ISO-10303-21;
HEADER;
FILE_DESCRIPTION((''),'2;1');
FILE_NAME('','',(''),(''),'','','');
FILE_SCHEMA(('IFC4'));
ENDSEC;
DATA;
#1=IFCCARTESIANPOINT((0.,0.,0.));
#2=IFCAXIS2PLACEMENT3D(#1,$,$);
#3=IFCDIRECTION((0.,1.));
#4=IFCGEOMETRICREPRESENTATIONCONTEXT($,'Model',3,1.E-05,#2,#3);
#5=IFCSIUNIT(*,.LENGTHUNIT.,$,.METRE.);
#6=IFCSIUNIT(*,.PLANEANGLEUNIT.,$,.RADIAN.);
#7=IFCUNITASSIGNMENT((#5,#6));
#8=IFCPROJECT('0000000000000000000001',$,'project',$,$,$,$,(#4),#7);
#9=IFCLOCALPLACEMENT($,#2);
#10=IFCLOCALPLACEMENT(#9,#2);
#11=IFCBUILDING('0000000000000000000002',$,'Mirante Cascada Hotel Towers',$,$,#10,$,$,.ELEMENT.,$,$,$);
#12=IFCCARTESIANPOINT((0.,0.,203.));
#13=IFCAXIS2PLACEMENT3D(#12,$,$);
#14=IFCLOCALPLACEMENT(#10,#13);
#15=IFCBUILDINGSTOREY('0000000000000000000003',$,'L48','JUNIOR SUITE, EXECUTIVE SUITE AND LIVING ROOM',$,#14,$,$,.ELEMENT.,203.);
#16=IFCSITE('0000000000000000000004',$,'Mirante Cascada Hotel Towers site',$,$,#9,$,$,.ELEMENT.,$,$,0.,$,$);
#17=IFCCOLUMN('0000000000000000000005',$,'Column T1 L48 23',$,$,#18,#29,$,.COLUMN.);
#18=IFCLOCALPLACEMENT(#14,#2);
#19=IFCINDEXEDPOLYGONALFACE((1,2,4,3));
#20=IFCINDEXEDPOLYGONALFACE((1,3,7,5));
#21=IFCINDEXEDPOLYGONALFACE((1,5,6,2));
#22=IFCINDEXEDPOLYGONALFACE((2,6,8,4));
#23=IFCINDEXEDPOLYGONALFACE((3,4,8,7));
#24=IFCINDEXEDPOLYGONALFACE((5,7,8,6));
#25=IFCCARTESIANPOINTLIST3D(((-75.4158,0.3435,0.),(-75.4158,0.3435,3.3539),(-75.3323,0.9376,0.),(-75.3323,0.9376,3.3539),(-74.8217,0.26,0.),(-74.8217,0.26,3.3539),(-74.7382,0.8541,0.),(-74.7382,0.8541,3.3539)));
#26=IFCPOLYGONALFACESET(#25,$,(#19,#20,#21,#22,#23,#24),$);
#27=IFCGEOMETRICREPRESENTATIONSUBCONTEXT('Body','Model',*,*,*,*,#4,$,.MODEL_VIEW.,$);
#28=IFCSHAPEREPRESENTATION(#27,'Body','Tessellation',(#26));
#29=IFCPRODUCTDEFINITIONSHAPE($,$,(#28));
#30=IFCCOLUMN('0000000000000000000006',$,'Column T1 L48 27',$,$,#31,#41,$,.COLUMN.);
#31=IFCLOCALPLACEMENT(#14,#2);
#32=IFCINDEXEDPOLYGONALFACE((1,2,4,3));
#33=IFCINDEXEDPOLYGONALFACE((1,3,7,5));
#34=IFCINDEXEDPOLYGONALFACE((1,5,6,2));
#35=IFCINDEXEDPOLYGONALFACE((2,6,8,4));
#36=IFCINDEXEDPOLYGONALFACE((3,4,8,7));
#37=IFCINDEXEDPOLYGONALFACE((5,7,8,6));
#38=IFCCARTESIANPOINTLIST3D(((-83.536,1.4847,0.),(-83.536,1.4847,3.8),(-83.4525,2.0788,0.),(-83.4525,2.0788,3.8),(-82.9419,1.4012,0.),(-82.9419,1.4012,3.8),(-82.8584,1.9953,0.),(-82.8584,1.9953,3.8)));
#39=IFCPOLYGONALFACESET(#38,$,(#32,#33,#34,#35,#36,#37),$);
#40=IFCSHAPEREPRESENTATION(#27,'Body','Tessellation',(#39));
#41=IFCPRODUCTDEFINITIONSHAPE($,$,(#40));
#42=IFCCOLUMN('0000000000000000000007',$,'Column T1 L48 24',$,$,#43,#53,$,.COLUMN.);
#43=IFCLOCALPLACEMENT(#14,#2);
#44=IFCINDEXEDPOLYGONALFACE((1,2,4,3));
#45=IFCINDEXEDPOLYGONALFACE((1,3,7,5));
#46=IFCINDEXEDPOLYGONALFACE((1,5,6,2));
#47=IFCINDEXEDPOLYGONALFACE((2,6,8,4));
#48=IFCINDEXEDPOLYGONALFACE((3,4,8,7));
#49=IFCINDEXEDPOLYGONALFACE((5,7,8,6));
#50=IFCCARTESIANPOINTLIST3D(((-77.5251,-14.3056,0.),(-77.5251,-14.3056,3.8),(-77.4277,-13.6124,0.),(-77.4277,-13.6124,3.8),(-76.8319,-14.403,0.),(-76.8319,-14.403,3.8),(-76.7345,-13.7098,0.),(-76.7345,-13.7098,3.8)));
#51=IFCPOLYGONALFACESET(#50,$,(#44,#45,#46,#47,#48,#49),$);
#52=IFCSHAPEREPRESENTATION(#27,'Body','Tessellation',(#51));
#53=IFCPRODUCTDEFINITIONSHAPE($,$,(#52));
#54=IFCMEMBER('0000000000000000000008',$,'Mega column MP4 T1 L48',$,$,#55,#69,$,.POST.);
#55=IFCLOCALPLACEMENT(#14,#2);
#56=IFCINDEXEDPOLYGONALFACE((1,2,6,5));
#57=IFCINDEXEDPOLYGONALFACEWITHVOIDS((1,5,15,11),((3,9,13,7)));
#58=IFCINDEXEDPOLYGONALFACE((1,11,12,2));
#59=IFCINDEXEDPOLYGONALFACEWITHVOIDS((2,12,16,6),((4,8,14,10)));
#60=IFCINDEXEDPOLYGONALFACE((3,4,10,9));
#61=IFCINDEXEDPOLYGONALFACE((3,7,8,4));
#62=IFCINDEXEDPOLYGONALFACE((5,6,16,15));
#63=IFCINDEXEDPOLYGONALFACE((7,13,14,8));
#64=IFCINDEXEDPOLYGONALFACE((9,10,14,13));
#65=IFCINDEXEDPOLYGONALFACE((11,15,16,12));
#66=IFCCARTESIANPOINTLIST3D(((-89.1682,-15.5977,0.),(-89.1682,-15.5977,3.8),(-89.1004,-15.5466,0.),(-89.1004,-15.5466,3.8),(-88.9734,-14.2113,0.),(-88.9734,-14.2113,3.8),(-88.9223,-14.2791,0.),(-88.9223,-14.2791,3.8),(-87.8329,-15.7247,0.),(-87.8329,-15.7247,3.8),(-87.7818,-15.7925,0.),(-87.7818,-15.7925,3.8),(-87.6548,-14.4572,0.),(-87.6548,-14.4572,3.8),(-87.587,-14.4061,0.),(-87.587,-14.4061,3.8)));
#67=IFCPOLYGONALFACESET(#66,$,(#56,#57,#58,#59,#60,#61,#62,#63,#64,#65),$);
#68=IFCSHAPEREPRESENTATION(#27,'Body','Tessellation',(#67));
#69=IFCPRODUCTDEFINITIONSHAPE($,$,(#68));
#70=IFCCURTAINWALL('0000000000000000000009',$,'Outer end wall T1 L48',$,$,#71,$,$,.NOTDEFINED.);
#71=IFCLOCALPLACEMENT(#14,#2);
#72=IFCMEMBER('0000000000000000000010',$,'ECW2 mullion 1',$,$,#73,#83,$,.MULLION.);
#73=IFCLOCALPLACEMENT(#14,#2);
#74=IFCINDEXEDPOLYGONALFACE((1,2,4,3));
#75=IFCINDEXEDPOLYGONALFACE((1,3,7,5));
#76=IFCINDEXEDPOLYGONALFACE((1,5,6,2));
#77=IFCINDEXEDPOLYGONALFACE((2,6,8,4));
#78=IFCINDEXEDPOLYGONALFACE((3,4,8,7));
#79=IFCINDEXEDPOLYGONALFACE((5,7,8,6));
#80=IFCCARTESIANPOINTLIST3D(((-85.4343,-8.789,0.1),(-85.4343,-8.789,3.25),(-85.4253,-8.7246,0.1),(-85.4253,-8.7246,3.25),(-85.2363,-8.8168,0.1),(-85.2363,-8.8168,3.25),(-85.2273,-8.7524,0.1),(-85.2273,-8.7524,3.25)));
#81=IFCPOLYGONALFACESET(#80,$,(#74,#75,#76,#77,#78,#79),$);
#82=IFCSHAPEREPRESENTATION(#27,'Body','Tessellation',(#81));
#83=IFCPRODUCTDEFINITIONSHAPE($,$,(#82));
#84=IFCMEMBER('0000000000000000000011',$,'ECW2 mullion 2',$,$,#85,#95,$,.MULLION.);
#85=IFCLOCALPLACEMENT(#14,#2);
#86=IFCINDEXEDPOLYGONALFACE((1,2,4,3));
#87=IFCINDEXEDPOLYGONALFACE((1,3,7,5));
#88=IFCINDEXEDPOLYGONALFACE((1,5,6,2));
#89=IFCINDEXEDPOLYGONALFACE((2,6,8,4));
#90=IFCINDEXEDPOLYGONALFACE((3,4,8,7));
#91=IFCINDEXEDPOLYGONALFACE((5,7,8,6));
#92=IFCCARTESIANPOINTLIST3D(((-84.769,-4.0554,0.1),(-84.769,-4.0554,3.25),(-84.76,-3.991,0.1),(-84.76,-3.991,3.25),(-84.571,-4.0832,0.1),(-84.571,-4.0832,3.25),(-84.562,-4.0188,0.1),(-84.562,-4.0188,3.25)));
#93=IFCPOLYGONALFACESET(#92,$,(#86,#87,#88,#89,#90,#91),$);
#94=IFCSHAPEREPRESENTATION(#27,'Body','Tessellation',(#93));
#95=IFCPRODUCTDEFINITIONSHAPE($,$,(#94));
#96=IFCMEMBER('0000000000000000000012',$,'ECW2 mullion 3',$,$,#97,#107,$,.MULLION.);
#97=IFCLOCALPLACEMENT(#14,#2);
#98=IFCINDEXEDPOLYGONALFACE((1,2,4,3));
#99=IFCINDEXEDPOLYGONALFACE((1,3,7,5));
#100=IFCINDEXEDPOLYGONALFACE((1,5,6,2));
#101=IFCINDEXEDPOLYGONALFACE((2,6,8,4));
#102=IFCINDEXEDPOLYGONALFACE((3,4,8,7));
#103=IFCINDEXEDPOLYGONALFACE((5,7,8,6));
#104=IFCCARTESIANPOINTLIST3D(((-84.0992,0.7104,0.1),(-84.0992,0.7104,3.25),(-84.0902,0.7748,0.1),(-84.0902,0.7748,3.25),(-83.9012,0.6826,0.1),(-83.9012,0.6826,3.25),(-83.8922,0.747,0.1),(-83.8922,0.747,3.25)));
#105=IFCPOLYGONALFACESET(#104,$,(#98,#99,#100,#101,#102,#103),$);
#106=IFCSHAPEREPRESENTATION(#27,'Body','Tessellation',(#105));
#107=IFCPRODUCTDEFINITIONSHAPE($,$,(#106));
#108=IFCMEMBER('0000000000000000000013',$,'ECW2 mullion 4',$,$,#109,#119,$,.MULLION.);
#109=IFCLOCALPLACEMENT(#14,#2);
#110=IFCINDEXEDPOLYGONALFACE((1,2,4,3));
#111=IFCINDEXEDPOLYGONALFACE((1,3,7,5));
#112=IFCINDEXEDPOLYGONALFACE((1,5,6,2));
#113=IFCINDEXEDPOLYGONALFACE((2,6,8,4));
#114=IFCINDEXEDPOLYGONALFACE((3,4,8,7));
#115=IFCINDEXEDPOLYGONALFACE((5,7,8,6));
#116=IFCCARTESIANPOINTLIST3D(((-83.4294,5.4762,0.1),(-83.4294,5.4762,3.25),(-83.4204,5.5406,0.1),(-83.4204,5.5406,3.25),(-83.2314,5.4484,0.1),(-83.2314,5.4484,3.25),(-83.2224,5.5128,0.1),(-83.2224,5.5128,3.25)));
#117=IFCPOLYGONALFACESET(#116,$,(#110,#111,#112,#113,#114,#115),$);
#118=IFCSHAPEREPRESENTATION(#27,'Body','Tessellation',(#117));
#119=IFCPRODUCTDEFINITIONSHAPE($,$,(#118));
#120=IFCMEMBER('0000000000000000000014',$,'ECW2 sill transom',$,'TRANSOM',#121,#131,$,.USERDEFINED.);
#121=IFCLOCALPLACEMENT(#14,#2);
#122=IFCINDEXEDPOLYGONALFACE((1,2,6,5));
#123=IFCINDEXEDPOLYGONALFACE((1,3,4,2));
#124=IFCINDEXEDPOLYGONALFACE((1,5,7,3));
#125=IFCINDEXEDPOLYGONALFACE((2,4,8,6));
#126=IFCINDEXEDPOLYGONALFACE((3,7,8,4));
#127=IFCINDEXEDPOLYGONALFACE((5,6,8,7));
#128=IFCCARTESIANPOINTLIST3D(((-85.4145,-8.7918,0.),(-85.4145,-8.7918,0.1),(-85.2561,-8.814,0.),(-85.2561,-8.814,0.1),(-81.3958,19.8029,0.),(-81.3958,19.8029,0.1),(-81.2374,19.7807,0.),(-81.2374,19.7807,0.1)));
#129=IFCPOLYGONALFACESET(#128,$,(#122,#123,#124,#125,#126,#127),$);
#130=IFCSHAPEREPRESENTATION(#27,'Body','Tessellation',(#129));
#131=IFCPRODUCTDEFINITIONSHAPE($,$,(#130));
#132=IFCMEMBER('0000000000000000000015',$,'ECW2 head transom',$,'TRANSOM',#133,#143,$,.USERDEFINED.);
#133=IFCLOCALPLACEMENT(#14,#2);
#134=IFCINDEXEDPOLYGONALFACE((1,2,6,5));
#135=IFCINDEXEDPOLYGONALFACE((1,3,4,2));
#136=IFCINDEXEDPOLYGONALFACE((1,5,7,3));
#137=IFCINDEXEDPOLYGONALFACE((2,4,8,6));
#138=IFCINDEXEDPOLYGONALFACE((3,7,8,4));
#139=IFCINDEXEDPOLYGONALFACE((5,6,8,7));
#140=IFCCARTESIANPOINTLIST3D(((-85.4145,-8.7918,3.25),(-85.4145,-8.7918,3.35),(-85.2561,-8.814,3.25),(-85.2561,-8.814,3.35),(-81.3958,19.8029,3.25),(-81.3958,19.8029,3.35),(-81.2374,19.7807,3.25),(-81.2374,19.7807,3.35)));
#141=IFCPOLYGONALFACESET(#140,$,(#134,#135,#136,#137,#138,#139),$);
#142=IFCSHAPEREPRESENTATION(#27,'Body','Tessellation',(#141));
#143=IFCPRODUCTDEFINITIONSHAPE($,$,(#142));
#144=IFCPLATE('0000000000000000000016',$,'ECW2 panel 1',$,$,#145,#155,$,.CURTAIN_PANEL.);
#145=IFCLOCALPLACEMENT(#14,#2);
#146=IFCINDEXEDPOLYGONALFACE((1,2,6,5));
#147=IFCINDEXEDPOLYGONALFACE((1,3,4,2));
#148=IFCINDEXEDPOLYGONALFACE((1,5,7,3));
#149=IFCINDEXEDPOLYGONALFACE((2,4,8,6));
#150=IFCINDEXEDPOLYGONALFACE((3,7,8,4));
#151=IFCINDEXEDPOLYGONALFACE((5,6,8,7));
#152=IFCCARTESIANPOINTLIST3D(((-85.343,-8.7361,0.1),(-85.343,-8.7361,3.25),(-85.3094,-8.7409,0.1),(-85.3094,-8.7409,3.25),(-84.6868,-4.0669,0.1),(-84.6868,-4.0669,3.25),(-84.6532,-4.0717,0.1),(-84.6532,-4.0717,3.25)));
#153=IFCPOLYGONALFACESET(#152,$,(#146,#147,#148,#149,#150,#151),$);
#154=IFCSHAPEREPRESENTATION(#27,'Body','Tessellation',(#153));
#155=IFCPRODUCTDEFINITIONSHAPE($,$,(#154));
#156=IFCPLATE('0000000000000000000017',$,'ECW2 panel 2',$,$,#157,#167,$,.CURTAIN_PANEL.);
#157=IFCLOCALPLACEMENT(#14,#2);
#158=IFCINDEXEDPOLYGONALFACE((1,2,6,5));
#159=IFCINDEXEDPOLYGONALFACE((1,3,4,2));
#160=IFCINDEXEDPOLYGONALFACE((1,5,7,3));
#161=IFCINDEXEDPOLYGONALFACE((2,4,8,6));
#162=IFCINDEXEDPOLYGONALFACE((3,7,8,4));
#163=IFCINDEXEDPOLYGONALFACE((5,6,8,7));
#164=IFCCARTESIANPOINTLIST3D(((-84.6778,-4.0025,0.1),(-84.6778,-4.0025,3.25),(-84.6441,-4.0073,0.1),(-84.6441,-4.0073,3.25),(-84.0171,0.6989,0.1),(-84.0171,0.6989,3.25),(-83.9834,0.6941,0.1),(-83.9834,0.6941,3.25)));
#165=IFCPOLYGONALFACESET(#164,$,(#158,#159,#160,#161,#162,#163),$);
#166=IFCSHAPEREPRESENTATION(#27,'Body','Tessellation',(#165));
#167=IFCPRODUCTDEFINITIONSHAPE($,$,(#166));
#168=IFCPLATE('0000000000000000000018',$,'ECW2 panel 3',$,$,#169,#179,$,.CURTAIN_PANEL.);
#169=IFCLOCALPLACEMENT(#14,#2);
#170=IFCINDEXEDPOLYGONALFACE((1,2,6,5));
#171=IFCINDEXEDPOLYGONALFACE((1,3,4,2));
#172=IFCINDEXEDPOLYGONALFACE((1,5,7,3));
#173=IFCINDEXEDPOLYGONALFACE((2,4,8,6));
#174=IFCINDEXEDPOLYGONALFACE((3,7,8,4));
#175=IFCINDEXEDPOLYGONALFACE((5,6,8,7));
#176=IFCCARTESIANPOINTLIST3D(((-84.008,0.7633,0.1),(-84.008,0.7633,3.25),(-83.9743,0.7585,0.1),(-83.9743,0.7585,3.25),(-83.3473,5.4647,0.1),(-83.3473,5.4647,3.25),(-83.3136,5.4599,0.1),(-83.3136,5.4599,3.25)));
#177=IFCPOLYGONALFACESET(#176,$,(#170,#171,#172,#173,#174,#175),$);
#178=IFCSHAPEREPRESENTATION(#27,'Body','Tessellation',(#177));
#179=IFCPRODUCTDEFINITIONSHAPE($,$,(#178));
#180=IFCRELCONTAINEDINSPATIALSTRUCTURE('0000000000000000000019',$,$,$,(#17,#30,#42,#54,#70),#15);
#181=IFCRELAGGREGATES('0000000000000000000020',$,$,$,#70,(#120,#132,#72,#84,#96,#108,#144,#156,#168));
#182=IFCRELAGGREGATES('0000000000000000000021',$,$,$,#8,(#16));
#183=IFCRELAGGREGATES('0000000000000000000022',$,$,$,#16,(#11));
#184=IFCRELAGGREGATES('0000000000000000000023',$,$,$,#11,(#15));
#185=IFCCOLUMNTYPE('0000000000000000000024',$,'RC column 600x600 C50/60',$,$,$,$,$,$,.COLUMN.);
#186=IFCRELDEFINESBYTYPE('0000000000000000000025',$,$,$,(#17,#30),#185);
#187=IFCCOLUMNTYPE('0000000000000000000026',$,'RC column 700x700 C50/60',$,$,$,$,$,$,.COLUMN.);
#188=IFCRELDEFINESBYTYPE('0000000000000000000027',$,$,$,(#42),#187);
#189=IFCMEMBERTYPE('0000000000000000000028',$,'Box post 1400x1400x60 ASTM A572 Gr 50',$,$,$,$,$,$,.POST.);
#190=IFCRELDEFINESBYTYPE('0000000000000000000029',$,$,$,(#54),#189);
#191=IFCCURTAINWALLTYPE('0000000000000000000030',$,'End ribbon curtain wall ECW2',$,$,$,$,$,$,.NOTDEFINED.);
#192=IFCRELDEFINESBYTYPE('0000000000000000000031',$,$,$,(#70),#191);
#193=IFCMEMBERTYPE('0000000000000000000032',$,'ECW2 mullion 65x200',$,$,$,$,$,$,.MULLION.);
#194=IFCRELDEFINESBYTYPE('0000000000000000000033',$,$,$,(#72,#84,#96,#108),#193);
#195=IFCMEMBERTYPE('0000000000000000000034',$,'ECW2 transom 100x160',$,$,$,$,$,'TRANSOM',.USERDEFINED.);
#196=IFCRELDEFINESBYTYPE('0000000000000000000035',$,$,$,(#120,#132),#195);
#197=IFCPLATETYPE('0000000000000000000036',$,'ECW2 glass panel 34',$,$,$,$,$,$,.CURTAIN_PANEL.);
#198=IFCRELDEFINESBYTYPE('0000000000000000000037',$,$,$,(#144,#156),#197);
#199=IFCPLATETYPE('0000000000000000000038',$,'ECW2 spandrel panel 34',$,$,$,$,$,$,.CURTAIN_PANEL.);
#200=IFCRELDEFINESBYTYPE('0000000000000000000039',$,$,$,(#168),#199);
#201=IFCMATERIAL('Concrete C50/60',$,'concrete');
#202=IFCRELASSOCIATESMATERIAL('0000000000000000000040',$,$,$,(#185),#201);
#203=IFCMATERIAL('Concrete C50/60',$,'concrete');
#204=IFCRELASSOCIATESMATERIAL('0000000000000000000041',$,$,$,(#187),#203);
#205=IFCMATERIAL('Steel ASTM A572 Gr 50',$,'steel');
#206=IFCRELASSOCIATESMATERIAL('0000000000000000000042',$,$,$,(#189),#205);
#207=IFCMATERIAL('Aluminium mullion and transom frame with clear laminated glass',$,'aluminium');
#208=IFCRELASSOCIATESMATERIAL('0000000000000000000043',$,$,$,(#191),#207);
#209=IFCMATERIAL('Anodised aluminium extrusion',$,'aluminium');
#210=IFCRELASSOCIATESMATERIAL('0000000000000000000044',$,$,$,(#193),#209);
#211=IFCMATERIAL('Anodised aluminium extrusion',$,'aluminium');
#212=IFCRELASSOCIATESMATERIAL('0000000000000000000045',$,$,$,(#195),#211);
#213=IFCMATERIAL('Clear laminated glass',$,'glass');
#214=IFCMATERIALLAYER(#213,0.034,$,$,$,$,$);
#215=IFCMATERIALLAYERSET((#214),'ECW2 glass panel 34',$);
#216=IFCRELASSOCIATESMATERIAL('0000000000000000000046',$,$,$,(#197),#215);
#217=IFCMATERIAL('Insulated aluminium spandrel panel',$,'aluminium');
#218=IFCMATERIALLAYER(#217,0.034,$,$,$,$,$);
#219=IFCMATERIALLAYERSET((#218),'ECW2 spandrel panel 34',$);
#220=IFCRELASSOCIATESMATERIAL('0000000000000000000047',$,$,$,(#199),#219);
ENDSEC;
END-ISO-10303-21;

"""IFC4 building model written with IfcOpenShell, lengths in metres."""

from ifc_helpers import new_model, si_unit, direction, frame, origin, origin_2d, place, context, subcontext, project, spatial, rectangle, hollow_rectangle, extrude, material, layer, layer_set, material_profile, profile_set, type_object, element, aggregate, save


model = new_model("IFC4")

# Units and contexts
model_context = context("Model", 3, precision=1e-05, world=origin(), true_north=direction((0.0, 1.0)))
body_context = subcontext(model_context, "Body", "Model", "MODEL_VIEW")
ifc_project = project(units=[si_unit("LENGTHUNIT", "METRE"), si_unit("PLANEANGLEUNIT", "RADIAN")], contexts=[model_context])

# Site, building, storey
site_placement = place(None, origin())
site = spatial("IfcSite", under=ifc_project, at=site_placement, Name="Mirante Cascada Hotel Towers site", CompositionType="ELEMENT", RefElevation=0.0)
building_placement = place(site_placement, origin())
building = spatial("IfcBuilding", under=site, at=building_placement, Name="Mirante Cascada Hotel Towers", CompositionType="ELEMENT")
storey_placement = place(building_placement, frame((0.0, 0.0, 203.0)))
storey = spatial("IfcBuildingStorey", under=building, at=storey_placement, Name="L48", Description="JUNIOR SUITE, EXECUTIVE SUITE AND LIVING ROOM", CompositionType="ELEMENT", Elevation=203.0)

# Columns
ifc_material_1 = material(Name="Concrete C50/60", Category="concrete")
ifc_material_profile_1 = material_profile(ifc_material_1, rectangle(XDim=0.6, YDim=0.6, at=origin_2d()), Name="RC column 600x600 C50/60")
ifc_profile_set_1 = profile_set([ifc_material_profile_1], Name="Concrete C50/60")
column_type_1 = type_object("IfcColumnType", Name="RC column 600x600 C50/60", PredefinedType="COLUMN", material=ifc_profile_set_1)
column_1_placement = place(storey_placement, frame((-75.077, 0.5988, 0.0), z_axis=(0.0, 0.0, 1.0), x_axis=(-0.990268, 0.139173, 0.0)))
element("IfcColumn", 1, at=column_1_placement, inside=storey, type_object=column_type_1, Name="Column T1 L48 23", PredefinedType="COLUMN", context=body_context, shape_type="SweptSolid", body=[
    extrude(rectangle(XDim=0.6, YDim=0.6, at=origin_2d()), origin(), (0.0, 0.0, 1.0), 3.3539),
])
column_2_placement = place(storey_placement, frame((-83.1972, 1.74, 0.0), z_axis=(0.0, 0.0, 1.0), x_axis=(-0.990268, 0.139173, 0.0)))
element("IfcColumn", 2, at=column_2_placement, inside=storey, type_object=column_type_1, Name="Column T1 L48 27", PredefinedType="COLUMN", context=body_context, shape_type="SweptSolid", body=[
    extrude(rectangle(XDim=0.6, YDim=0.6, at=origin_2d()), origin(), (0.0, 0.0, 1.0), 3.8),
])
ifc_material_2 = material(Name="Concrete C50/60", Category="concrete")
ifc_material_profile_2 = material_profile(ifc_material_2, rectangle(XDim=0.7, YDim=0.7, at=origin_2d()), Name="RC column 700x700 C50/60")
ifc_profile_set_2 = profile_set([ifc_material_profile_2], Name="Concrete C50/60")
column_type_2 = type_object("IfcColumnType", Name="RC column 700x700 C50/60", PredefinedType="COLUMN", material=ifc_profile_set_2)
column_3_placement = place(storey_placement, frame((-77.1298, -14.0077, 0.0), z_axis=(0.0, 0.0, 1.0), x_axis=(-0.990268, 0.139173, 0.0)))
element("IfcColumn", 3, at=column_3_placement, inside=storey, type_object=column_type_2, Name="Column T1 L48 24", PredefinedType="COLUMN", context=body_context, shape_type="SweptSolid", body=[
    extrude(rectangle(XDim=0.7, YDim=0.7, at=origin_2d()), origin(), (0.0, 0.0, 1.0), 3.8),
])

# Member
ifc_material_3 = material(Name="Steel ASTM A572 Gr 50", Category="steel")
ifc_material_profile_3 = material_profile(ifc_material_3, hollow_rectangle(XDim=1.4, YDim=1.4, WallThickness=0.06, at=origin_2d()), Name="Box post 1400x1400x60 ASTM A572 Gr 50")
ifc_profile_set_3 = profile_set([ifc_material_profile_3], Name="Steel ASTM A572 Gr 50")
member_type_1 = type_object("IfcMemberType", Name="Box post 1400x1400x60 ASTM A572 Gr 50", PredefinedType="POST", material=ifc_profile_set_3)
member_1_placement = place(storey_placement, frame((-88.3776, -15.0019, 0.0), z_axis=(0.0, 0.0, 1.0), x_axis=(-0.990268, 0.139173, 0.0)))
element("IfcMember", 4, at=member_1_placement, inside=storey, type_object=member_type_1, Name="Mega column MP4 T1 L48", PredefinedType="POST", context=body_context, shape_type="SweptSolid", body=[
    extrude(hollow_rectangle(XDim=1.4, YDim=1.4, WallThickness=0.06, at=origin_2d()), origin(), (0.0, 0.0, 1.0), 3.8),
])

# Curtain wall, members, plates
ifc_material_4 = material(Name="Aluminium mullion and transom frame with clear laminated glass", Category="aluminium")
curtain_wall_type = type_object("IfcCurtainWallType", Name="End ribbon curtain wall ECW2", PredefinedType="NOTDEFINED", material=ifc_material_4)
curtain_wall_placement = place(storey_placement, origin())
curtain_wall = element("IfcCurtainWall", 5, at=curtain_wall_placement, inside=storey, type_object=curtain_wall_type, Name="Outer end wall T1 L48", PredefinedType="NOTDEFINED")
ifc_material_5 = material(Name="Anodised aluminium extrusion", Category="aluminium")
ifc_material_profile_4 = material_profile(ifc_material_5, rectangle(XDim=0.2, YDim=0.065, at=origin_2d()), Name="ECW2 MULLION 65x200")
ifc_profile_set_4 = profile_set([ifc_material_profile_4], Name="Anodised aluminium extrusion")
member_type_2 = type_object("IfcMemberType", Name="ECW2 mullion 65x200", PredefinedType="MULLION", material=ifc_profile_set_4)
member_2_placement = place(storey_placement, frame((-85.3308, -8.7707, 0.1), z_axis=(0.0, 0.0, 1.0), x_axis=(-0.990268, 0.139173, 0.0)))
member_2 = element("IfcMember", 6, at=member_2_placement, type_object=member_type_2, Name="ECW2 mullion 1", PredefinedType="MULLION", context=body_context, shape_type="SweptSolid", body=[
    extrude(rectangle(XDim=0.2, YDim=0.065, at=origin_2d()), origin(), (0.0, 0.0, 1.0), 3.15),
])
member_3_placement = place(storey_placement, frame((-84.6655, -4.0371, 0.1), z_axis=(0.0, 0.0, 1.0), x_axis=(-0.990268, 0.139173, 0.0)))
member_3 = element("IfcMember", 7, at=member_3_placement, type_object=member_type_2, Name="ECW2 mullion 2", PredefinedType="MULLION", context=body_context, shape_type="SweptSolid", body=[
    extrude(rectangle(XDim=0.2, YDim=0.065, at=origin_2d()), origin(), (0.0, 0.0, 1.0), 3.15),
])
member_4_placement = place(storey_placement, frame((-83.9957, 0.7287, 0.1), z_axis=(0.0, 0.0, 1.0), x_axis=(-0.990268, 0.139173, 0.0)))
member_4 = element("IfcMember", 8, at=member_4_placement, type_object=member_type_2, Name="ECW2 mullion 3", PredefinedType="MULLION", context=body_context, shape_type="SweptSolid", body=[
    extrude(rectangle(XDim=0.2, YDim=0.065, at=origin_2d()), origin(), (0.0, 0.0, 1.0), 3.15),
])
member_5_placement = place(storey_placement, frame((-83.3259, 5.4945, 0.1), z_axis=(0.0, 0.0, 1.0), x_axis=(-0.990268, 0.139173, 0.0)))
member_5 = element("IfcMember", 9, at=member_5_placement, type_object=member_type_2, Name="ECW2 mullion 4", PredefinedType="MULLION", context=body_context, shape_type="SweptSolid", body=[
    extrude(rectangle(XDim=0.2, YDim=0.065, at=origin_2d()), origin(), (0.0, 0.0, 1.0), 3.15),
])
ifc_material_6 = material(Name="Anodised aluminium extrusion", Category="aluminium")
ifc_material_profile_5 = material_profile(ifc_material_6, rectangle(XDim=0.16, YDim=0.1, at=origin_2d()), Name="ECW2 TRANSOM 100x160")
ifc_profile_set_5 = profile_set([ifc_material_profile_5], Name="Anodised aluminium extrusion")
member_type_3 = type_object("IfcMemberType", Name="ECW2 transom 100x160", ElementType="TRANSOM", PredefinedType="USERDEFINED", material=ifc_profile_set_5)
member_6_placement = place(storey_placement, frame((-85.3353, -8.8029, 0.05), z_axis=(0.139172, 0.990268, 0.0), x_axis=(-0.990268, 0.139172, 0.0)))
member_6 = element("IfcMember", 10, at=member_6_placement, type_object=member_type_3, Name="ECW2 sill transom", ObjectType="TRANSOM", PredefinedType="USERDEFINED", context=body_context, shape_type="SweptSolid", body=[
    extrude(rectangle(XDim=0.16, YDim=0.1, at=origin_2d()), origin(), (0.0, 0.0, 1.0), 28.8757),
])
member_7_placement = place(storey_placement, frame((-85.3353, -8.8029, 3.3), z_axis=(0.139172, 0.990268, 0.0), x_axis=(-0.990268, 0.139172, 0.0)))
member_7 = element("IfcMember", 11, at=member_7_placement, type_object=member_type_3, Name="ECW2 head transom", ObjectType="TRANSOM", PredefinedType="USERDEFINED", context=body_context, shape_type="SweptSolid", body=[
    extrude(rectangle(XDim=0.16, YDim=0.1, at=origin_2d()), origin(), (0.0, 0.0, 1.0), 28.8757),
])
ifc_material_7 = material(Name="Clear laminated glass", Category="glass")
ifc_layer_1 = layer(ifc_material_7, 0.034)
ifc_layer_set_1 = layer_set([ifc_layer_1], Name="ECW2 glass panel 34")
plate_type_1 = type_object("IfcPlateType", Name="ECW2 glass panel 34", PredefinedType="CURTAIN_PANEL", material=ifc_layer_set_1)
plate_1_placement = place(storey_placement, frame((-84.9981, -6.4039, 0.1), z_axis=(0.0, 0.0, 1.0), x_axis=(0.139173, 0.990268, 0.0)))
plate_1 = element("IfcPlate", 12, at=plate_1_placement, type_object=plate_type_1, Name="ECW2 panel 1", PredefinedType="CURTAIN_PANEL", context=body_context, shape_type="SweptSolid", body=[
    extrude(rectangle(XDim=4.7151, YDim=0.034, at=origin_2d()), origin(), (0.0, 0.0, 1.0), 3.15),
])
plate_2_placement = place(storey_placement, frame((-84.3306, -1.6542, 0.1), z_axis=(0.0, 0.0, 1.0), x_axis=(0.139173, 0.990268, 0.0)))
plate_2 = element("IfcPlate", 13, at=plate_2_placement, type_object=plate_type_1, Name="ECW2 panel 2", PredefinedType="CURTAIN_PANEL", context=body_context, shape_type="SweptSolid", body=[
    extrude(rectangle(XDim=4.7476, YDim=0.034, at=origin_2d()), origin(), (0.0, 0.0, 1.0), 3.15),
])
ifc_material_8 = material(Name="Insulated aluminium spandrel panel", Category="aluminium")
ifc_layer_2 = layer(ifc_material_8, 0.034)
ifc_layer_set_2 = layer_set([ifc_layer_2], Name="ECW2 spandrel panel 34")
plate_type_2 = type_object("IfcPlateType", Name="ECW2 spandrel panel 34", PredefinedType="CURTAIN_PANEL", material=ifc_layer_set_2)
plate_3_placement = place(storey_placement, frame((-83.6608, 3.1116, 0.1), z_axis=(0.0, 0.0, 1.0), x_axis=(0.139173, 0.990268, 0.0)))
plate_3 = element("IfcPlate", 14, at=plate_3_placement, type_object=plate_type_2, Name="ECW2 panel 3", PredefinedType="CURTAIN_PANEL", context=body_context, shape_type="SweptSolid", body=[
    extrude(rectangle(XDim=4.7476, YDim=0.034, at=origin_2d()), origin(), (0.0, 0.0, 1.0), 3.15),
])
aggregate(curtain_wall, [member_6, member_7, member_2, member_3, member_4, member_5, plate_1, plate_2, plate_3])

save(model, "model.ifc")
